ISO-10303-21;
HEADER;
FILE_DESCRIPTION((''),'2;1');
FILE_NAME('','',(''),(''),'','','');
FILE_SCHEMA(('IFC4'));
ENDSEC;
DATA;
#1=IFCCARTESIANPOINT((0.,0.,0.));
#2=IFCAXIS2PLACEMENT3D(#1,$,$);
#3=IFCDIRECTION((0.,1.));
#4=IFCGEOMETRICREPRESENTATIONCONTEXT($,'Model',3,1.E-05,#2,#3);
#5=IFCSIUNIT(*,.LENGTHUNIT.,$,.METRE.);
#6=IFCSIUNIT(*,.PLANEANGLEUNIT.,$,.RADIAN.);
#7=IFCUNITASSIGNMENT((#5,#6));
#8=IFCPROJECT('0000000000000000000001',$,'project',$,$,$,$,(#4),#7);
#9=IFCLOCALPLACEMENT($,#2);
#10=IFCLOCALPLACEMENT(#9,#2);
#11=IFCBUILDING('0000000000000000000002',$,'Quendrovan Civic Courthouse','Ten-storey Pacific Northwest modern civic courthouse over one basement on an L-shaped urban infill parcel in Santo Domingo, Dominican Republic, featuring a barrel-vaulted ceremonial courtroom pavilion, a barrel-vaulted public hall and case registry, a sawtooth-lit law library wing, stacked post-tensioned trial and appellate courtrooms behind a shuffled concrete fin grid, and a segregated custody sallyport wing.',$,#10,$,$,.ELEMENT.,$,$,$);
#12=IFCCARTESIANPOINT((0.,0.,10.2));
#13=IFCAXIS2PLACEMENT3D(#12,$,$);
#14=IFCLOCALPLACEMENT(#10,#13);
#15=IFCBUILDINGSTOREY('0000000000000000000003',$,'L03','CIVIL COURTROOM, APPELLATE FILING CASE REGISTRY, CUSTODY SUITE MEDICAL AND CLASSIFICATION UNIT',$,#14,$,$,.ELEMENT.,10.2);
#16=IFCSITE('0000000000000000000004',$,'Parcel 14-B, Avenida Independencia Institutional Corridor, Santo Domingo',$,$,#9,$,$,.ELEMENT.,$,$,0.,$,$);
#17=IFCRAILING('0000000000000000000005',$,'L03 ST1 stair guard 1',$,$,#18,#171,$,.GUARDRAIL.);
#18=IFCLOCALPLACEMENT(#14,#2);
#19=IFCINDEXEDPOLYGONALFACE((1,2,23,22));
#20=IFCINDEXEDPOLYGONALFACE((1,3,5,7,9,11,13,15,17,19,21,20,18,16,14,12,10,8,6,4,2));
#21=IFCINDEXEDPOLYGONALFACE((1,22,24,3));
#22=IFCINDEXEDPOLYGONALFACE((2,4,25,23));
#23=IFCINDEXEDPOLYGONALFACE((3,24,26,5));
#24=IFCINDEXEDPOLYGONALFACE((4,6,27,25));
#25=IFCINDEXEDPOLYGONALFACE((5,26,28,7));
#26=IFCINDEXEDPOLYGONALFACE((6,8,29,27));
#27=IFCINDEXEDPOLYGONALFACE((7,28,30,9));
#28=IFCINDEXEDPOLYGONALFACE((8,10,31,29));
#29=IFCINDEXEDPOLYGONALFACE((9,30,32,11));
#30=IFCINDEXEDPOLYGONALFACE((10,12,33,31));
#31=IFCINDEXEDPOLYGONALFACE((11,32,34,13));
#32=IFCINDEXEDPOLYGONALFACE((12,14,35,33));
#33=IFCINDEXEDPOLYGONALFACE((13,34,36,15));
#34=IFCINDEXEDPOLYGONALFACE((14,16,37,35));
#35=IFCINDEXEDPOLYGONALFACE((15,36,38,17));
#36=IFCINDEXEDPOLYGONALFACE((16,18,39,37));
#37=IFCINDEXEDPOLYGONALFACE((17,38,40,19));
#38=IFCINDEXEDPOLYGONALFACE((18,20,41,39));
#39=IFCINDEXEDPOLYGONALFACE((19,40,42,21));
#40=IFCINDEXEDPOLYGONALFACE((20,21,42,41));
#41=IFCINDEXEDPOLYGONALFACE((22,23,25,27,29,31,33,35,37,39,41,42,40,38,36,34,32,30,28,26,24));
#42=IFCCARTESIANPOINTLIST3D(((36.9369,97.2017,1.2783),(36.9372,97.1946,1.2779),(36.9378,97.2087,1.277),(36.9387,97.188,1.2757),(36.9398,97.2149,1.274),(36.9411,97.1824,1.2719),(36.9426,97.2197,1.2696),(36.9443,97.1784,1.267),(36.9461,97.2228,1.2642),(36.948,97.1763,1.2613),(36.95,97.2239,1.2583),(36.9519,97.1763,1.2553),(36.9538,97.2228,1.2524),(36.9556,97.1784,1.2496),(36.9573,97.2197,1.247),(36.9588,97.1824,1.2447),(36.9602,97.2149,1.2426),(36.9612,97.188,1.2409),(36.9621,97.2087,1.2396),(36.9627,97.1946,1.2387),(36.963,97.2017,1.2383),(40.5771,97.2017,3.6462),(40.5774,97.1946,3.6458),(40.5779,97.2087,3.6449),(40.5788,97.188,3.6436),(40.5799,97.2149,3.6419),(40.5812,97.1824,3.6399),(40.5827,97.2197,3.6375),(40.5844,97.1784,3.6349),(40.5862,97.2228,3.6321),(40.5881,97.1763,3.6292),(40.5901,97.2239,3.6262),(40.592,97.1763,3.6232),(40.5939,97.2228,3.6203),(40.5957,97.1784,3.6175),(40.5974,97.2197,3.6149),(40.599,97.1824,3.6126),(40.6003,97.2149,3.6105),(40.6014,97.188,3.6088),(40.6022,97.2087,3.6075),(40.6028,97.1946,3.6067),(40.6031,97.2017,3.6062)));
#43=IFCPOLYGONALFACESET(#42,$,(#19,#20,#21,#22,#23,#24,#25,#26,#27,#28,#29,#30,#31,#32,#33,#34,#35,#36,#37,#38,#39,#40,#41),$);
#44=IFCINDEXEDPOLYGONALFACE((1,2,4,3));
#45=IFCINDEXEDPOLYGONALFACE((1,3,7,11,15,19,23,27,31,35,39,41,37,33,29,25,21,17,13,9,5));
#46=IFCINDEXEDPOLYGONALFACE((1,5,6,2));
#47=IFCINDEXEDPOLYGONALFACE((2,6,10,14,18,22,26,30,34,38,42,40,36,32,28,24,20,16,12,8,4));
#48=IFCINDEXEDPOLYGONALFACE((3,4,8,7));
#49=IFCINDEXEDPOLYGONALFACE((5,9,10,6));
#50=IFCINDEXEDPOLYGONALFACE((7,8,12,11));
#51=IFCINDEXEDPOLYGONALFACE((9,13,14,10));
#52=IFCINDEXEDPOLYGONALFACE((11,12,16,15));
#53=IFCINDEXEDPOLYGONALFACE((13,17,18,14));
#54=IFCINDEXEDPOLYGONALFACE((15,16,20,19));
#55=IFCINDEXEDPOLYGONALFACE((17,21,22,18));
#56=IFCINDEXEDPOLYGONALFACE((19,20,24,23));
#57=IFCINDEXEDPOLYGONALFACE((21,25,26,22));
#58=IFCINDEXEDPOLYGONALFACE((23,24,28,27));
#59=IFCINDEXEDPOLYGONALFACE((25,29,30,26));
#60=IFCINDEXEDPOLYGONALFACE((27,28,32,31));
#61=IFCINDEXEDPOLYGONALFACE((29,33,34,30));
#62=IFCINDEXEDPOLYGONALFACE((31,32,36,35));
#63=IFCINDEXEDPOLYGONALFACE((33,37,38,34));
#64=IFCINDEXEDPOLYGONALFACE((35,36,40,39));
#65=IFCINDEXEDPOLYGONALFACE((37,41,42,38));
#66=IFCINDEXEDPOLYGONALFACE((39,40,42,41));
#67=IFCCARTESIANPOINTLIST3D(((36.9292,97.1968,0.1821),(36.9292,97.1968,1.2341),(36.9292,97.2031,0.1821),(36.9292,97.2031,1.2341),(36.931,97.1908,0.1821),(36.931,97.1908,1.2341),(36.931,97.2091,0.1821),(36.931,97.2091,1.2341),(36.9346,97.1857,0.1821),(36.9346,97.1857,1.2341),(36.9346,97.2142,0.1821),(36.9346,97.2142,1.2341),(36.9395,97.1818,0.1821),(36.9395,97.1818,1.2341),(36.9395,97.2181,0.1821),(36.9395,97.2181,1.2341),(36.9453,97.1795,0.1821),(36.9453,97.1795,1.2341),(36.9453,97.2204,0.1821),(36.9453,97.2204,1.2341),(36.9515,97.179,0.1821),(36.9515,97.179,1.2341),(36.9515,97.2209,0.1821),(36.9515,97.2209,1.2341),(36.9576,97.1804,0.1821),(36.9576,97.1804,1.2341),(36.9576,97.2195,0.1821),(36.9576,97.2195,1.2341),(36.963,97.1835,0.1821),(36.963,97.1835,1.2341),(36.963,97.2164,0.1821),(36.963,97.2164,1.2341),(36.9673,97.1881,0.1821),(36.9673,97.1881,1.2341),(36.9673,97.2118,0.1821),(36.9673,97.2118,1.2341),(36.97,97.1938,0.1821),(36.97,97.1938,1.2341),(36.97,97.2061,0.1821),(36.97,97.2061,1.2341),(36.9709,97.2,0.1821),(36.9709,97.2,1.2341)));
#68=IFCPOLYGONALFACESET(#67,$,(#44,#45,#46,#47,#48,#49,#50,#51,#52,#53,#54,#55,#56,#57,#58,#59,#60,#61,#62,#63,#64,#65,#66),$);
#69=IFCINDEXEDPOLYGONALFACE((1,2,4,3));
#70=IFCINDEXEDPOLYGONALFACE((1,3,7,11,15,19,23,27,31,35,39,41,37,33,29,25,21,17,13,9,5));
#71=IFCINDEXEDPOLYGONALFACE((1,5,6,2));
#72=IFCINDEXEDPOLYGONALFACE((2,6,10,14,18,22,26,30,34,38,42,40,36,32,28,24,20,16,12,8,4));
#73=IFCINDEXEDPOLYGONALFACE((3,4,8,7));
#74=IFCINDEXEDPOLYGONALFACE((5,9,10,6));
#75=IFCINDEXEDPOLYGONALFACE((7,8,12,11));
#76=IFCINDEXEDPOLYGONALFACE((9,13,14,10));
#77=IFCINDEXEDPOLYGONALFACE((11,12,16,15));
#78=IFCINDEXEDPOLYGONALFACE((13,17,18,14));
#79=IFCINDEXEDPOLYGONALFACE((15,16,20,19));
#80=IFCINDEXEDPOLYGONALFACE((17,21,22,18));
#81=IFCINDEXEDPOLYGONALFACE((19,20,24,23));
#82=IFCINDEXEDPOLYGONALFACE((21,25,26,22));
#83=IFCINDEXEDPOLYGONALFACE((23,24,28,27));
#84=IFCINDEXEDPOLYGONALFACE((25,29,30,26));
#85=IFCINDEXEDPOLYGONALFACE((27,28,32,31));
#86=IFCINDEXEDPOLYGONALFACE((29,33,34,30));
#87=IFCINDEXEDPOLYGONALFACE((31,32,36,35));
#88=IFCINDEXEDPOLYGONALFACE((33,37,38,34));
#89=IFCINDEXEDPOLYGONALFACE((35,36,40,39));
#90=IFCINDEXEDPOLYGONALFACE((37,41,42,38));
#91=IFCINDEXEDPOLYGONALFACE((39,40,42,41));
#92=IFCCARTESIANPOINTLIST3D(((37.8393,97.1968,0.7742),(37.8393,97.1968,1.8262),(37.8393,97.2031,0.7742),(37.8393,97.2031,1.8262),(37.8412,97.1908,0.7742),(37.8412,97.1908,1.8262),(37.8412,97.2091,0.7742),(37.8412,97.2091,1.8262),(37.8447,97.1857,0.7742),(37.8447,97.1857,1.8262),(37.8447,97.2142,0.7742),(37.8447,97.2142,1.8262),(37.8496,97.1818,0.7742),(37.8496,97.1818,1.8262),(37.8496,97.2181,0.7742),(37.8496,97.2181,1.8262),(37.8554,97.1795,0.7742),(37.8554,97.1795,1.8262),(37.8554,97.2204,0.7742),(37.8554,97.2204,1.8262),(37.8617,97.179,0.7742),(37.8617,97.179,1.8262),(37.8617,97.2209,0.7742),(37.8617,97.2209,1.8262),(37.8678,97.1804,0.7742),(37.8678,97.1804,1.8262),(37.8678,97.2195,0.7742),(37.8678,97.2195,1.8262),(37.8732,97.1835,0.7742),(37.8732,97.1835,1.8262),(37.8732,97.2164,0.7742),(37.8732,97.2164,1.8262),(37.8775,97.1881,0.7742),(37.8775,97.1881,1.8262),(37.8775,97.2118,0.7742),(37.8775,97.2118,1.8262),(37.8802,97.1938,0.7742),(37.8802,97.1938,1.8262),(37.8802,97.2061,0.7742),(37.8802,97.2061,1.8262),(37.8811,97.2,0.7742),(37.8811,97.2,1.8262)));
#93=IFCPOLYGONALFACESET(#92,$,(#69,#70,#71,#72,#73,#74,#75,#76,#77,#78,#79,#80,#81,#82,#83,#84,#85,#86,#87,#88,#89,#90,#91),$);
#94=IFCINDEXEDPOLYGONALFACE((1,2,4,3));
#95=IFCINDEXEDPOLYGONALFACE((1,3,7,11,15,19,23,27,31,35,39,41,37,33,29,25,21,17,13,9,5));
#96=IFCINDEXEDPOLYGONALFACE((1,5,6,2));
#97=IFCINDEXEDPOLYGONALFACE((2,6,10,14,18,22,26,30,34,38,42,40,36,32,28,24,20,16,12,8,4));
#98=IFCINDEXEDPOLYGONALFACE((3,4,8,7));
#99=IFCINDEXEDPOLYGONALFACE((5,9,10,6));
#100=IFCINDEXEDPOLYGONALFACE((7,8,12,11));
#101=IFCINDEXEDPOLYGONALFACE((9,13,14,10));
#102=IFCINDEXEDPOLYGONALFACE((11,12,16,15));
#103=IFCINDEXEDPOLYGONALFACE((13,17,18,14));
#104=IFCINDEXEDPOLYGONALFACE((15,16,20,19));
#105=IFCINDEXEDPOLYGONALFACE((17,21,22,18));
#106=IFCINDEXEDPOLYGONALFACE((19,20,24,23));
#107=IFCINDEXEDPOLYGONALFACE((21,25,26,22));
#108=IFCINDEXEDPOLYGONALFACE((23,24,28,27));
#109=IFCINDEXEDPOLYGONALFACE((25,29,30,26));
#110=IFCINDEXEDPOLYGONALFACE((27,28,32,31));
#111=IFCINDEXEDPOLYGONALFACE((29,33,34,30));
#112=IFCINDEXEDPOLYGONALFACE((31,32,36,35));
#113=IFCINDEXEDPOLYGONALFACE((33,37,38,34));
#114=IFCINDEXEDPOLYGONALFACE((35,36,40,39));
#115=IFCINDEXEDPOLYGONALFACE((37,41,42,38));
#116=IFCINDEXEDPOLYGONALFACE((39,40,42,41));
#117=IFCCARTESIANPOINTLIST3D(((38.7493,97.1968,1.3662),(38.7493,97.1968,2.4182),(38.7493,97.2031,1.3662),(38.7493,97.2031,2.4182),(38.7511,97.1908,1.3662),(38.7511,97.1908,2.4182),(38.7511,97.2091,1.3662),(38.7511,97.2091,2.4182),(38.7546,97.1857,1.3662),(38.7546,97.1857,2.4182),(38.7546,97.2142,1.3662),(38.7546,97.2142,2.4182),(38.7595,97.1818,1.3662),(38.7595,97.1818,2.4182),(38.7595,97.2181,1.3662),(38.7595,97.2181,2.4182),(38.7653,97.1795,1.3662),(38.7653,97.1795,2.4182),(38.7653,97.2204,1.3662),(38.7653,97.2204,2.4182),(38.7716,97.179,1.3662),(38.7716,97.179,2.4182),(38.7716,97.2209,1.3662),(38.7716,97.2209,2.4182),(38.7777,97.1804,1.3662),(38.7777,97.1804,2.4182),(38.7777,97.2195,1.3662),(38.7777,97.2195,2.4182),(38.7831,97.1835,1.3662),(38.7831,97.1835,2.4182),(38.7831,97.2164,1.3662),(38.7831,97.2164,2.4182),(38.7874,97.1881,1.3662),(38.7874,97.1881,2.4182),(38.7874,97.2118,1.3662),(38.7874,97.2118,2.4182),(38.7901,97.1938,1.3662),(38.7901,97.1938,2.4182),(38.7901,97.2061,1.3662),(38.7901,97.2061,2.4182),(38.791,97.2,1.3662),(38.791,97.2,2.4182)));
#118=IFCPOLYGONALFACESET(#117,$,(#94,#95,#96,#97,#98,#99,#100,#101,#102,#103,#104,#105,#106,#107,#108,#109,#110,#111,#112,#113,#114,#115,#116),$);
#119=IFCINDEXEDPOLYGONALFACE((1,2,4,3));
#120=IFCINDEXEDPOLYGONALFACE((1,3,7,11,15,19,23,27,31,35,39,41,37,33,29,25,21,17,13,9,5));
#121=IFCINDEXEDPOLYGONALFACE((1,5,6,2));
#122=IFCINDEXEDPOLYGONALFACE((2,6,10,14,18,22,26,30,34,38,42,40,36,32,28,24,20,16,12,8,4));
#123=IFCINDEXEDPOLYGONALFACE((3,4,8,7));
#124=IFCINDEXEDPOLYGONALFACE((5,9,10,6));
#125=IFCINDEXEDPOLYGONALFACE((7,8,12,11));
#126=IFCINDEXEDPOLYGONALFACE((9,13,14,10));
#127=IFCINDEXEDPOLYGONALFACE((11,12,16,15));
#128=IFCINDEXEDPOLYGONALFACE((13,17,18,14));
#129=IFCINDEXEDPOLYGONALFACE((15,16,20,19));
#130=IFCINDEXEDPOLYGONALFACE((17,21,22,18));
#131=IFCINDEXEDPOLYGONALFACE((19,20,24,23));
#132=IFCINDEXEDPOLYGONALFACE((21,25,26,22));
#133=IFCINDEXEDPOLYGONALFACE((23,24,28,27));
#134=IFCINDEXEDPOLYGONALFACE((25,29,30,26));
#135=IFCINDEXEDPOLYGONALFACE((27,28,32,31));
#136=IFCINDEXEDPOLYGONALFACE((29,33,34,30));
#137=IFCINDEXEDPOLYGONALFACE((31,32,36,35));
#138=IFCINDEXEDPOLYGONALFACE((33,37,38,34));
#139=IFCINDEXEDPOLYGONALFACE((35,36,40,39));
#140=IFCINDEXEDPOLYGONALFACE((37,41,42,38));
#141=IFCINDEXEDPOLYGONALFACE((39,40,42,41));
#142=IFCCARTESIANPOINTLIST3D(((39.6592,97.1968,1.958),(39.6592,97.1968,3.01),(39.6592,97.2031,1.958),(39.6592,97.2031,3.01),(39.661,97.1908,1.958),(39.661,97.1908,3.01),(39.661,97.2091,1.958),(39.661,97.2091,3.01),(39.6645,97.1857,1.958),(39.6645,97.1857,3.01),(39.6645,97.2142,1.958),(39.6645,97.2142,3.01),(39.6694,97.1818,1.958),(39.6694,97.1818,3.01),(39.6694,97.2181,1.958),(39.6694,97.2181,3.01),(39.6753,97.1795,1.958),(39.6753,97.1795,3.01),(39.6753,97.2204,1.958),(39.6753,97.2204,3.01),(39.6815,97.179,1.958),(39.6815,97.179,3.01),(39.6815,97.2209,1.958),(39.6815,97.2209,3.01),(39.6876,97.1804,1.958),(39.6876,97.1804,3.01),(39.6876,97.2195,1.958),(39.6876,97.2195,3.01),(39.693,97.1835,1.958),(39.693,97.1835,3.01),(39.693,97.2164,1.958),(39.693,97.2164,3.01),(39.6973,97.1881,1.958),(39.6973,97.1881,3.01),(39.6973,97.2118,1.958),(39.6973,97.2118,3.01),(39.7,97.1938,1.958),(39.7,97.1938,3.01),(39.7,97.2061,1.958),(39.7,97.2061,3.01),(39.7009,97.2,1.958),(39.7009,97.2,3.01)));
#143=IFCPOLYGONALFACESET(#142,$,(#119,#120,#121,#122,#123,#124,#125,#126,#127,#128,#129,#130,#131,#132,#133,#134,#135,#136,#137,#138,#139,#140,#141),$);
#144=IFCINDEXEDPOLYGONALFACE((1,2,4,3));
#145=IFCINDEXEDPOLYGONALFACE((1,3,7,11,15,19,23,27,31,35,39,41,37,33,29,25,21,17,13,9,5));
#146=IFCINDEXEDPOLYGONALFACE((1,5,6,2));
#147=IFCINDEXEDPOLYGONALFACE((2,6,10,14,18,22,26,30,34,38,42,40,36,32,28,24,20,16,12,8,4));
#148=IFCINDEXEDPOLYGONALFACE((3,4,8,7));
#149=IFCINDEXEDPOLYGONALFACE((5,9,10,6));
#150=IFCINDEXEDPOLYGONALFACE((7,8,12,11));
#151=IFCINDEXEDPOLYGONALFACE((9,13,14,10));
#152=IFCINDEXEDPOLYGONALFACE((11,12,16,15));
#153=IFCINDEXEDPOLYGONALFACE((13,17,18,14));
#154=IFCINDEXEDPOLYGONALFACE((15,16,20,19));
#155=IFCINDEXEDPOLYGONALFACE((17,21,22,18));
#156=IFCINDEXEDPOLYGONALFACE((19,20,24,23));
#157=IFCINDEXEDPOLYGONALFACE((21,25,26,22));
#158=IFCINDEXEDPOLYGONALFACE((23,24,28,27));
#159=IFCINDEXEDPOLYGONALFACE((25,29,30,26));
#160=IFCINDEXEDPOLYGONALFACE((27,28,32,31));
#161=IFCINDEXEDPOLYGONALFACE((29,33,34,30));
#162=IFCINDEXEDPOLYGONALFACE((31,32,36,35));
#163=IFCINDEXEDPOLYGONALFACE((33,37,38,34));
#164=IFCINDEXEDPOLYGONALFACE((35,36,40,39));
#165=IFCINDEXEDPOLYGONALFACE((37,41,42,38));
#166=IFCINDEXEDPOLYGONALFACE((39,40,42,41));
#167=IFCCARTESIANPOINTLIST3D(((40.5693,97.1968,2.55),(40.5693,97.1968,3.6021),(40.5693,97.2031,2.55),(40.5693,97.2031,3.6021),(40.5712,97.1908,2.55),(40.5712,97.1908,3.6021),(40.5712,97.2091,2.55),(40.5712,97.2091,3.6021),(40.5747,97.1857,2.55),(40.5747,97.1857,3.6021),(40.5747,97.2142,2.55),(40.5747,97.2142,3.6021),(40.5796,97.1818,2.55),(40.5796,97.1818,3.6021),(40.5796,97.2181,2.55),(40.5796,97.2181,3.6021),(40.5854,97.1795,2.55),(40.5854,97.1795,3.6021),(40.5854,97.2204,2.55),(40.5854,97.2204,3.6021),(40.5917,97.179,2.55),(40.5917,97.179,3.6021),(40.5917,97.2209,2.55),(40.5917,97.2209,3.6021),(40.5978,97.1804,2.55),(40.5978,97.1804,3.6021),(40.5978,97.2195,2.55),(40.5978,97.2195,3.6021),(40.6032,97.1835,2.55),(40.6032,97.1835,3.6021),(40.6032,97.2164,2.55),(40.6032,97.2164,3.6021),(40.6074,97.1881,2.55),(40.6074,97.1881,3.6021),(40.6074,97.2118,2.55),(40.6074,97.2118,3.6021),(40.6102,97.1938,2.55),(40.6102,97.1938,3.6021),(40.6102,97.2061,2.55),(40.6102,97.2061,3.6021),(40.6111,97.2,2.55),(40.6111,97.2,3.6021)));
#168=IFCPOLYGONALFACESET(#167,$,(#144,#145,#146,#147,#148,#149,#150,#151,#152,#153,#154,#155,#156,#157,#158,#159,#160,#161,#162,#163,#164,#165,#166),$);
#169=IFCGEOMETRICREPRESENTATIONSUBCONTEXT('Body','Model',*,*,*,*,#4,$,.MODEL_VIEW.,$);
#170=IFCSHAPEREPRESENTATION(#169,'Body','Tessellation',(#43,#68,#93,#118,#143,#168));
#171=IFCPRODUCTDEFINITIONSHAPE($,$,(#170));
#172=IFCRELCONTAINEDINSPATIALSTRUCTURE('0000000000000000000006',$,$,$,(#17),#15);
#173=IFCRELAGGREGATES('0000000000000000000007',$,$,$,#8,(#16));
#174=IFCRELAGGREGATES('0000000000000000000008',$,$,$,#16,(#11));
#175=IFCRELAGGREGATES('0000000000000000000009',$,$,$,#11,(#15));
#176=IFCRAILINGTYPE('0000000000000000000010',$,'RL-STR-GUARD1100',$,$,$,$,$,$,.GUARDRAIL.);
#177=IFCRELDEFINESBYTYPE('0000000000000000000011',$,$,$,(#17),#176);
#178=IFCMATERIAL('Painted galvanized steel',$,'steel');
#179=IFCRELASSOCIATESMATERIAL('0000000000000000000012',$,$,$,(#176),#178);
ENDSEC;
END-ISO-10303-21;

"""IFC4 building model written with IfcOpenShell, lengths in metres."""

from ifc_helpers import new_model, si_unit, direction, frame, origin, origin_2d, place, context, subcontext, project, spatial, circle, extrude, material, type_object, element, save


model = new_model("IFC4")

# Units and contexts
model_context = context("Model", 3, precision=1e-05, world=origin(), true_north=direction((0.0, 1.0)))
body_context = subcontext(model_context, "Body", "Model", "MODEL_VIEW")
ifc_project = project(units=[si_unit("LENGTHUNIT", "METRE"), si_unit("PLANEANGLEUNIT", "RADIAN")], contexts=[model_context])

# Site, building, storey
site_placement = place(None, origin())
site = spatial("IfcSite", under=ifc_project, at=site_placement, Name="Parcel 14-B, Avenida Independencia Institutional Corridor, Santo Domingo", CompositionType="ELEMENT", RefElevation=0.0)
building_placement = place(site_placement, origin())
building = spatial("IfcBuilding", under=site, at=building_placement, Name="Quendrovan Civic Courthouse", Description="Ten-storey Pacific Northwest modern civic courthouse over one basement on an L-shaped urban infill parcel in Santo Domingo, Dominican Republic, featuring a barrel-vaulted ceremonial courtroom pavilion, a barrel-vaulted public hall and case registry, a sawtooth-lit law library wing, stacked post-tensioned trial and appellate courtrooms behind a shuffled concrete fin grid, and a segregated custody sallyport wing.", CompositionType="ELEMENT")
storey_placement = place(building_placement, frame((0.0, 0.0, 10.2)))
storey = spatial("IfcBuildingStorey", under=building, at=storey_placement, Name="L03", Description="CIVIL COURTROOM, APPELLATE FILING CASE REGISTRY, CUSTODY SUITE MEDICAL AND CLASSIFICATION UNIT", CompositionType="ELEMENT", Elevation=10.2)

# Railing
ifc_material_1 = material(Name="Painted galvanized steel", Category="steel")
railing_type_1 = type_object("IfcRailingType", Name="RL-STR-GUARD1100", PredefinedType="GUARDRAIL", material=ifc_material_1)
railing_1_placement = place(storey_placement, frame((36.95, 97.2, 0.1821)))
element("IfcRailing", 1, at=railing_1_placement, inside=storey, type_object=railing_type_1, Name="L03 ST1 stair guard 1", PredefinedType="GUARDRAIL", context=body_context, shape_type="SweptSolid", body=[
    extrude(circle(Radius=0.0239, at=origin_2d()), frame((0.0, 0.0, 1.0762), z_axis=(0.838251, 0.0, 0.545285), x_axis=(0.0, 1.0, 0.0)), (0.0, 0.0, 1.0), 4.3425),
    extrude(circle(Radius=0.021, at=origin_2d()), origin(), (0.0, 0.0, 1.0), 1.052),
    extrude(circle(Radius=0.021, at=origin_2d()), frame((0.9102, 0.0, 0.592)), (0.0, 0.0, 1.0), 1.052),
    extrude(circle(Radius=0.021, at=origin_2d()), frame((1.8201, 0.0, 1.1841)), (0.0, 0.0, 1.0), 1.052),
    extrude(circle(Radius=0.021, at=origin_2d()), frame((2.73, 0.0, 1.7759)), (0.0, 0.0, 1.0), 1.052),
    extrude(circle(Radius=0.021, at=origin_2d()), frame((3.6401, 0.0, 2.3679)), (0.0, 0.0, 1.0), 1.052),
])

save(model, "model.ifc")
